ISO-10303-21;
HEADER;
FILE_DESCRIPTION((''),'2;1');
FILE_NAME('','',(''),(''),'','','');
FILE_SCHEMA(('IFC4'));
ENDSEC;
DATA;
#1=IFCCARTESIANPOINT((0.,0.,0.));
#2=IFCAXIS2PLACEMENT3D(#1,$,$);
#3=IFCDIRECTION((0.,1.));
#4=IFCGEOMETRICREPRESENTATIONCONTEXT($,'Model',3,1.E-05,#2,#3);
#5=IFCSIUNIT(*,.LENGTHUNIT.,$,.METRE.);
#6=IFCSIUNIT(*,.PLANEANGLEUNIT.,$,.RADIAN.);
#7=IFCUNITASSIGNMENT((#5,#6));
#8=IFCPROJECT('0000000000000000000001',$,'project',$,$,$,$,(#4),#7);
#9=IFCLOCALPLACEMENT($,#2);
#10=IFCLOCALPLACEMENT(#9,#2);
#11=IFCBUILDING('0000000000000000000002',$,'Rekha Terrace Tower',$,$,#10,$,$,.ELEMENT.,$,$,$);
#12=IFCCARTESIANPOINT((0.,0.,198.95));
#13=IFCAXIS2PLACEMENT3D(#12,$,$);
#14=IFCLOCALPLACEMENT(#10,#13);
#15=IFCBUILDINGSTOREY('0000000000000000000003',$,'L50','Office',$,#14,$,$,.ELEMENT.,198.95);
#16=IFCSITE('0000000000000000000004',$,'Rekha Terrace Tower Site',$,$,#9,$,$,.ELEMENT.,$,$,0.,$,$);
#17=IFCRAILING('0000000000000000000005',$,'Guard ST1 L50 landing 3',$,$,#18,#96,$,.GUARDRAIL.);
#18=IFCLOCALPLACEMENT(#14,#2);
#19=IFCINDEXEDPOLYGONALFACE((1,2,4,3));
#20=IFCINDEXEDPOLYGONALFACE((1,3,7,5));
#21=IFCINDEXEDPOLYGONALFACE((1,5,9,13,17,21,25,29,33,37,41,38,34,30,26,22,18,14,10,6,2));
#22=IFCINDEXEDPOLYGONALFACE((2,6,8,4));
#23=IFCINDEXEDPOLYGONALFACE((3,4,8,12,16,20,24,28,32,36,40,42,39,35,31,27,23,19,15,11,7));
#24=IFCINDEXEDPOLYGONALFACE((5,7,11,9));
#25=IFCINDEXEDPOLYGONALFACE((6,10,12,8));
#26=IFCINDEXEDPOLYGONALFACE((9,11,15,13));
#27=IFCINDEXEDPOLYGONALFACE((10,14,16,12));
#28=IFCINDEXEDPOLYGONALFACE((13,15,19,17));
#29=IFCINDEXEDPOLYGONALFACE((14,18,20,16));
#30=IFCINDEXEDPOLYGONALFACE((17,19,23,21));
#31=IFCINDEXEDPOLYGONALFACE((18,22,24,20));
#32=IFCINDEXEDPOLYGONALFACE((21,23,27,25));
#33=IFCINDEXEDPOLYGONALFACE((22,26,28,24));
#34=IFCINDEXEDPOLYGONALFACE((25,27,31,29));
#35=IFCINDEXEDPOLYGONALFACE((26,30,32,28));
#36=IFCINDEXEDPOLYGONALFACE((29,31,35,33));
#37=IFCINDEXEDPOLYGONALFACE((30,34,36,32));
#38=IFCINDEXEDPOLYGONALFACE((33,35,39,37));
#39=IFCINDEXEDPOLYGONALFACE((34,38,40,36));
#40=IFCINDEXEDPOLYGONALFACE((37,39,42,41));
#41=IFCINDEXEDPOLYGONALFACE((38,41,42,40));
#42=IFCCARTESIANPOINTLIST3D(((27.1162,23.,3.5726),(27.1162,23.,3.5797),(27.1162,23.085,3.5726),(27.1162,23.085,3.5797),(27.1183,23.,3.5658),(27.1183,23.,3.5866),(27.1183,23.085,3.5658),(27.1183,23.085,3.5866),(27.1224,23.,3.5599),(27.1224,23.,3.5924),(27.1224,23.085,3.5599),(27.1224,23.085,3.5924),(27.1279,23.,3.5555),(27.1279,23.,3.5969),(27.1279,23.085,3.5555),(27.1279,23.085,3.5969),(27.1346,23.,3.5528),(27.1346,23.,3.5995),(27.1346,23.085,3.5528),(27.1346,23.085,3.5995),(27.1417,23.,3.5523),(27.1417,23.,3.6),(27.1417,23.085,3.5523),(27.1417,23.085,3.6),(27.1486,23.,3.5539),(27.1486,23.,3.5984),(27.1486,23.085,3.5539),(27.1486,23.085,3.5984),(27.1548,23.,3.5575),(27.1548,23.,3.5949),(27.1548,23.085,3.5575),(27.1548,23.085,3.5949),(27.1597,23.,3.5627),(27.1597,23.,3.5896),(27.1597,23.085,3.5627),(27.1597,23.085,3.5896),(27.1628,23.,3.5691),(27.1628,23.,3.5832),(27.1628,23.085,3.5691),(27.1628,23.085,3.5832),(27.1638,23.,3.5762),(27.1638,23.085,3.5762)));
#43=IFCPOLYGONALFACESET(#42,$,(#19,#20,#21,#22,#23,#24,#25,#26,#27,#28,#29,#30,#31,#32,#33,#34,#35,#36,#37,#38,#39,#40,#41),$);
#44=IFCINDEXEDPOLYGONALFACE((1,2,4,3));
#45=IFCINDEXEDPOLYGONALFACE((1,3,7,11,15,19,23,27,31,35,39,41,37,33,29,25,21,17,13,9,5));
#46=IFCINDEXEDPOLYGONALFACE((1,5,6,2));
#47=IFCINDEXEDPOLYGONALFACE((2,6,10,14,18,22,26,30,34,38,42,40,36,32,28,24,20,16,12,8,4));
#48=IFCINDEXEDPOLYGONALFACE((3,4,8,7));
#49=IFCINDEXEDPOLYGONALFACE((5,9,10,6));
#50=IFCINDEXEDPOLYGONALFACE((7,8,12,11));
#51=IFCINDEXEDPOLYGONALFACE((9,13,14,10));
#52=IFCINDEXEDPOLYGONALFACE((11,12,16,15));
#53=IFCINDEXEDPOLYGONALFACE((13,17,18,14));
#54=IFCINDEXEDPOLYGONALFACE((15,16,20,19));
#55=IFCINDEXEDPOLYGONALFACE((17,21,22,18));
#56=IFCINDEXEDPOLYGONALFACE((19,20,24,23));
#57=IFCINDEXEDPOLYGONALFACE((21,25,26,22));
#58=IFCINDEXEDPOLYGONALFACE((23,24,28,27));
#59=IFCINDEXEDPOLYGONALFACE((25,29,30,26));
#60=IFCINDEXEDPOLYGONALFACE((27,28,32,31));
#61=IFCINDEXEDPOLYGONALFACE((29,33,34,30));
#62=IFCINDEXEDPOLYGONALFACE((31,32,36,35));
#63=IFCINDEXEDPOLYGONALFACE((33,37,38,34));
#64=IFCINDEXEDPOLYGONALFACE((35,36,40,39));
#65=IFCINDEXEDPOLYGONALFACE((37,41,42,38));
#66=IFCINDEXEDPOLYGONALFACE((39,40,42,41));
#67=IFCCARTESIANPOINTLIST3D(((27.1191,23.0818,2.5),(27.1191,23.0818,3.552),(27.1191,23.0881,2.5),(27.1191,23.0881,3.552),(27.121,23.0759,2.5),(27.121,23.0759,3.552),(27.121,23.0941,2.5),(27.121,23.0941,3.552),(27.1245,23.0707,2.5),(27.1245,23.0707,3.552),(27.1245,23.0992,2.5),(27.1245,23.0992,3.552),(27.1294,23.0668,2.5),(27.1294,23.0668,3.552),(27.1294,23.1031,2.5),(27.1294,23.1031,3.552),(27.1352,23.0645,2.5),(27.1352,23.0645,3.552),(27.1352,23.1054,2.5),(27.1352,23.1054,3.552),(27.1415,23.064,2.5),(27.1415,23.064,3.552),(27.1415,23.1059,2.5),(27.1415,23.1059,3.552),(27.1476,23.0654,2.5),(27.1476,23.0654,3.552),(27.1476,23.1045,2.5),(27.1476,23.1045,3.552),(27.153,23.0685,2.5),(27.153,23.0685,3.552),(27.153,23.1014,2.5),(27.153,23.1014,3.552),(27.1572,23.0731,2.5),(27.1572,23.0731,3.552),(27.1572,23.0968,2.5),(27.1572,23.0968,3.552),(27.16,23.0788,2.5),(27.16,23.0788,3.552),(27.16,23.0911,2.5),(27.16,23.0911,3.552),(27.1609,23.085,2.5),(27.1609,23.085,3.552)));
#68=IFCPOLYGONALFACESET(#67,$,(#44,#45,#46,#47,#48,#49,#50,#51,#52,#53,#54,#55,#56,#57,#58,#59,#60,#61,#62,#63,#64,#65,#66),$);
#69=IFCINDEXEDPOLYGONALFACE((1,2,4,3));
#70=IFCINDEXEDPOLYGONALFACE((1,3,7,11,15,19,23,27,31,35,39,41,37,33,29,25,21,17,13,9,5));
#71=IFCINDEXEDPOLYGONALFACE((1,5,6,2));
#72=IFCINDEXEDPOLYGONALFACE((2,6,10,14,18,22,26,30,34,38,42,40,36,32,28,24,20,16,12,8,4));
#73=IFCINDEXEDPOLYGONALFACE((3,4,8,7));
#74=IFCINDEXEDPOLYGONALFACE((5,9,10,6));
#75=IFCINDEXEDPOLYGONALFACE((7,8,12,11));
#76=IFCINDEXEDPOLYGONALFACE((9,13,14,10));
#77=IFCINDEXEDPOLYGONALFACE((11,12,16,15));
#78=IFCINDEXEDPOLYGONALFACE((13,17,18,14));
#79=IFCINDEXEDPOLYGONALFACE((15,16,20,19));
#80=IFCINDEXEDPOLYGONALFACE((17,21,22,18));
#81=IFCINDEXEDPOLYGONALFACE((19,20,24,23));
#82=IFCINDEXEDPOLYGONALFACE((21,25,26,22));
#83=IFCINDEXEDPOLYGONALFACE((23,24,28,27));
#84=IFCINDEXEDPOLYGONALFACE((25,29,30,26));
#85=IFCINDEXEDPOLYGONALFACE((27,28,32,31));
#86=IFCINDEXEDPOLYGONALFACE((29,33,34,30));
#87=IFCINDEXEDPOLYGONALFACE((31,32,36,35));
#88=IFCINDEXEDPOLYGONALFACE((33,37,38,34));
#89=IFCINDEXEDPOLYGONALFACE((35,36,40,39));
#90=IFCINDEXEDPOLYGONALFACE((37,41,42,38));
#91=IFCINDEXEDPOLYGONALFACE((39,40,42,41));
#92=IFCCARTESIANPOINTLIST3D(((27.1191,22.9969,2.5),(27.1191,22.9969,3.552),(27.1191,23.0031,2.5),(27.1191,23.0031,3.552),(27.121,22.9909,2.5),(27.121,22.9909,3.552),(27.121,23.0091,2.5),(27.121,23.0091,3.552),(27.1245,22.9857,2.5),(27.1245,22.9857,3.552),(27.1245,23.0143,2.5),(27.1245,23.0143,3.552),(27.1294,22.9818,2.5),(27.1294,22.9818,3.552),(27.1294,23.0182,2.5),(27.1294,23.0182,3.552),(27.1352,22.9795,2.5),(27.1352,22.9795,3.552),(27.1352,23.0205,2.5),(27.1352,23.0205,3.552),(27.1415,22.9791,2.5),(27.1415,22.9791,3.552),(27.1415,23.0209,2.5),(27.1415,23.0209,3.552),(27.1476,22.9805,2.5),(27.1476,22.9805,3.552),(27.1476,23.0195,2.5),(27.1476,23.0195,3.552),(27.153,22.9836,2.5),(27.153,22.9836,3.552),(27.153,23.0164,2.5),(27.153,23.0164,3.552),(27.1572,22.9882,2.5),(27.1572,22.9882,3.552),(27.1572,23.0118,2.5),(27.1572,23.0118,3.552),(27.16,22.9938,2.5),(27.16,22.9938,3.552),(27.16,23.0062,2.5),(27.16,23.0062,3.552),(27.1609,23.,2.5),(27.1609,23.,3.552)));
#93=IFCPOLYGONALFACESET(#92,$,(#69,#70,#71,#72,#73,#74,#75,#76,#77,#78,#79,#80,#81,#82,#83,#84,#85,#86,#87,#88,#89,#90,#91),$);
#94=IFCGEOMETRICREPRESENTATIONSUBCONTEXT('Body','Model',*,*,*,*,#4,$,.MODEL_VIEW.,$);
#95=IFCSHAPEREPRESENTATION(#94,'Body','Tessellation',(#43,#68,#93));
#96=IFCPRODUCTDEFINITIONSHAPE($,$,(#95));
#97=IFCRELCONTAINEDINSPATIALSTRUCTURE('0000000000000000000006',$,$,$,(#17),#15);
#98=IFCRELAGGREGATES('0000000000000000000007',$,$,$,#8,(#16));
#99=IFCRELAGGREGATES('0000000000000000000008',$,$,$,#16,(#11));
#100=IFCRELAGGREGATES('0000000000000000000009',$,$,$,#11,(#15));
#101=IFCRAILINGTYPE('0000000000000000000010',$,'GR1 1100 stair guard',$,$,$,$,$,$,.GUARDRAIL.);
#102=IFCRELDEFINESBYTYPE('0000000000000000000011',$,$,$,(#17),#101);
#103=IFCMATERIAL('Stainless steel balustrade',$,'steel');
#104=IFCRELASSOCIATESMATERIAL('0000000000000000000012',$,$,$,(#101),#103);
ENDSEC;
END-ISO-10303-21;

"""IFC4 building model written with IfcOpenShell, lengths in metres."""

from ifc_helpers import new_model, si_unit, direction, frame, origin, origin_2d, place, context, subcontext, project, spatial, circle, extrude, material, type_object, element, save


model = new_model("IFC4")

# Units and contexts
model_context = context("Model", 3, precision=1e-05, world=origin(), true_north=direction((0.0, 1.0)))
body_context = subcontext(model_context, "Body", "Model", "MODEL_VIEW")
ifc_project = project(units=[si_unit("LENGTHUNIT", "METRE"), si_unit("PLANEANGLEUNIT", "RADIAN")], contexts=[model_context])

# Site, building, storey
site_placement = place(None, origin())
site = spatial("IfcSite", under=ifc_project, at=site_placement, Name="Rekha Terrace Tower Site", CompositionType="ELEMENT", RefElevation=0.0)
building_placement = place(site_placement, origin())
building = spatial("IfcBuilding", under=site, at=building_placement, Name="Rekha Terrace Tower", CompositionType="ELEMENT")
storey_placement = place(building_placement, frame((0.0, 0.0, 198.95)))
storey = spatial("IfcBuildingStorey", under=building, at=storey_placement, Name="L50", Description="Office", CompositionType="ELEMENT", Elevation=198.95)

# Railing
ifc_material_1 = material(Name="Stainless steel balustrade", Category="steel")
railing_type_1 = type_object("IfcRailingType", Name="GR1 1100 stair guard", PredefinedType="GUARDRAIL", material=ifc_material_1)
railing_1_placement = place(storey_placement, frame((27.1399, 23.085, 2.5)))
element("IfcRailing", 1, at=railing_1_placement, inside=storey, type_object=railing_type_1, Name="Guard ST1 L50 landing 3", PredefinedType="GUARDRAIL", context=body_context, shape_type="SweptSolid", body=[
    extrude(circle(Radius=0.0239, at=origin_2d()), frame((0.0, 0.0, 1.0762), z_axis=(0.0, -1.0, 0.0), x_axis=(1.0, 0.0, 0.0)), (0.0, 0.0, 1.0), 0.085),
    extrude(circle(Radius=0.021, at=origin_2d()), origin(), (0.0, 0.0, 1.0), 1.052),
    extrude(circle(Radius=0.021, at=origin_2d()), frame((0.0, -0.085, 0.0)), (0.0, 0.0, 1.0), 1.052),
])

save(model, "model.ifc")
